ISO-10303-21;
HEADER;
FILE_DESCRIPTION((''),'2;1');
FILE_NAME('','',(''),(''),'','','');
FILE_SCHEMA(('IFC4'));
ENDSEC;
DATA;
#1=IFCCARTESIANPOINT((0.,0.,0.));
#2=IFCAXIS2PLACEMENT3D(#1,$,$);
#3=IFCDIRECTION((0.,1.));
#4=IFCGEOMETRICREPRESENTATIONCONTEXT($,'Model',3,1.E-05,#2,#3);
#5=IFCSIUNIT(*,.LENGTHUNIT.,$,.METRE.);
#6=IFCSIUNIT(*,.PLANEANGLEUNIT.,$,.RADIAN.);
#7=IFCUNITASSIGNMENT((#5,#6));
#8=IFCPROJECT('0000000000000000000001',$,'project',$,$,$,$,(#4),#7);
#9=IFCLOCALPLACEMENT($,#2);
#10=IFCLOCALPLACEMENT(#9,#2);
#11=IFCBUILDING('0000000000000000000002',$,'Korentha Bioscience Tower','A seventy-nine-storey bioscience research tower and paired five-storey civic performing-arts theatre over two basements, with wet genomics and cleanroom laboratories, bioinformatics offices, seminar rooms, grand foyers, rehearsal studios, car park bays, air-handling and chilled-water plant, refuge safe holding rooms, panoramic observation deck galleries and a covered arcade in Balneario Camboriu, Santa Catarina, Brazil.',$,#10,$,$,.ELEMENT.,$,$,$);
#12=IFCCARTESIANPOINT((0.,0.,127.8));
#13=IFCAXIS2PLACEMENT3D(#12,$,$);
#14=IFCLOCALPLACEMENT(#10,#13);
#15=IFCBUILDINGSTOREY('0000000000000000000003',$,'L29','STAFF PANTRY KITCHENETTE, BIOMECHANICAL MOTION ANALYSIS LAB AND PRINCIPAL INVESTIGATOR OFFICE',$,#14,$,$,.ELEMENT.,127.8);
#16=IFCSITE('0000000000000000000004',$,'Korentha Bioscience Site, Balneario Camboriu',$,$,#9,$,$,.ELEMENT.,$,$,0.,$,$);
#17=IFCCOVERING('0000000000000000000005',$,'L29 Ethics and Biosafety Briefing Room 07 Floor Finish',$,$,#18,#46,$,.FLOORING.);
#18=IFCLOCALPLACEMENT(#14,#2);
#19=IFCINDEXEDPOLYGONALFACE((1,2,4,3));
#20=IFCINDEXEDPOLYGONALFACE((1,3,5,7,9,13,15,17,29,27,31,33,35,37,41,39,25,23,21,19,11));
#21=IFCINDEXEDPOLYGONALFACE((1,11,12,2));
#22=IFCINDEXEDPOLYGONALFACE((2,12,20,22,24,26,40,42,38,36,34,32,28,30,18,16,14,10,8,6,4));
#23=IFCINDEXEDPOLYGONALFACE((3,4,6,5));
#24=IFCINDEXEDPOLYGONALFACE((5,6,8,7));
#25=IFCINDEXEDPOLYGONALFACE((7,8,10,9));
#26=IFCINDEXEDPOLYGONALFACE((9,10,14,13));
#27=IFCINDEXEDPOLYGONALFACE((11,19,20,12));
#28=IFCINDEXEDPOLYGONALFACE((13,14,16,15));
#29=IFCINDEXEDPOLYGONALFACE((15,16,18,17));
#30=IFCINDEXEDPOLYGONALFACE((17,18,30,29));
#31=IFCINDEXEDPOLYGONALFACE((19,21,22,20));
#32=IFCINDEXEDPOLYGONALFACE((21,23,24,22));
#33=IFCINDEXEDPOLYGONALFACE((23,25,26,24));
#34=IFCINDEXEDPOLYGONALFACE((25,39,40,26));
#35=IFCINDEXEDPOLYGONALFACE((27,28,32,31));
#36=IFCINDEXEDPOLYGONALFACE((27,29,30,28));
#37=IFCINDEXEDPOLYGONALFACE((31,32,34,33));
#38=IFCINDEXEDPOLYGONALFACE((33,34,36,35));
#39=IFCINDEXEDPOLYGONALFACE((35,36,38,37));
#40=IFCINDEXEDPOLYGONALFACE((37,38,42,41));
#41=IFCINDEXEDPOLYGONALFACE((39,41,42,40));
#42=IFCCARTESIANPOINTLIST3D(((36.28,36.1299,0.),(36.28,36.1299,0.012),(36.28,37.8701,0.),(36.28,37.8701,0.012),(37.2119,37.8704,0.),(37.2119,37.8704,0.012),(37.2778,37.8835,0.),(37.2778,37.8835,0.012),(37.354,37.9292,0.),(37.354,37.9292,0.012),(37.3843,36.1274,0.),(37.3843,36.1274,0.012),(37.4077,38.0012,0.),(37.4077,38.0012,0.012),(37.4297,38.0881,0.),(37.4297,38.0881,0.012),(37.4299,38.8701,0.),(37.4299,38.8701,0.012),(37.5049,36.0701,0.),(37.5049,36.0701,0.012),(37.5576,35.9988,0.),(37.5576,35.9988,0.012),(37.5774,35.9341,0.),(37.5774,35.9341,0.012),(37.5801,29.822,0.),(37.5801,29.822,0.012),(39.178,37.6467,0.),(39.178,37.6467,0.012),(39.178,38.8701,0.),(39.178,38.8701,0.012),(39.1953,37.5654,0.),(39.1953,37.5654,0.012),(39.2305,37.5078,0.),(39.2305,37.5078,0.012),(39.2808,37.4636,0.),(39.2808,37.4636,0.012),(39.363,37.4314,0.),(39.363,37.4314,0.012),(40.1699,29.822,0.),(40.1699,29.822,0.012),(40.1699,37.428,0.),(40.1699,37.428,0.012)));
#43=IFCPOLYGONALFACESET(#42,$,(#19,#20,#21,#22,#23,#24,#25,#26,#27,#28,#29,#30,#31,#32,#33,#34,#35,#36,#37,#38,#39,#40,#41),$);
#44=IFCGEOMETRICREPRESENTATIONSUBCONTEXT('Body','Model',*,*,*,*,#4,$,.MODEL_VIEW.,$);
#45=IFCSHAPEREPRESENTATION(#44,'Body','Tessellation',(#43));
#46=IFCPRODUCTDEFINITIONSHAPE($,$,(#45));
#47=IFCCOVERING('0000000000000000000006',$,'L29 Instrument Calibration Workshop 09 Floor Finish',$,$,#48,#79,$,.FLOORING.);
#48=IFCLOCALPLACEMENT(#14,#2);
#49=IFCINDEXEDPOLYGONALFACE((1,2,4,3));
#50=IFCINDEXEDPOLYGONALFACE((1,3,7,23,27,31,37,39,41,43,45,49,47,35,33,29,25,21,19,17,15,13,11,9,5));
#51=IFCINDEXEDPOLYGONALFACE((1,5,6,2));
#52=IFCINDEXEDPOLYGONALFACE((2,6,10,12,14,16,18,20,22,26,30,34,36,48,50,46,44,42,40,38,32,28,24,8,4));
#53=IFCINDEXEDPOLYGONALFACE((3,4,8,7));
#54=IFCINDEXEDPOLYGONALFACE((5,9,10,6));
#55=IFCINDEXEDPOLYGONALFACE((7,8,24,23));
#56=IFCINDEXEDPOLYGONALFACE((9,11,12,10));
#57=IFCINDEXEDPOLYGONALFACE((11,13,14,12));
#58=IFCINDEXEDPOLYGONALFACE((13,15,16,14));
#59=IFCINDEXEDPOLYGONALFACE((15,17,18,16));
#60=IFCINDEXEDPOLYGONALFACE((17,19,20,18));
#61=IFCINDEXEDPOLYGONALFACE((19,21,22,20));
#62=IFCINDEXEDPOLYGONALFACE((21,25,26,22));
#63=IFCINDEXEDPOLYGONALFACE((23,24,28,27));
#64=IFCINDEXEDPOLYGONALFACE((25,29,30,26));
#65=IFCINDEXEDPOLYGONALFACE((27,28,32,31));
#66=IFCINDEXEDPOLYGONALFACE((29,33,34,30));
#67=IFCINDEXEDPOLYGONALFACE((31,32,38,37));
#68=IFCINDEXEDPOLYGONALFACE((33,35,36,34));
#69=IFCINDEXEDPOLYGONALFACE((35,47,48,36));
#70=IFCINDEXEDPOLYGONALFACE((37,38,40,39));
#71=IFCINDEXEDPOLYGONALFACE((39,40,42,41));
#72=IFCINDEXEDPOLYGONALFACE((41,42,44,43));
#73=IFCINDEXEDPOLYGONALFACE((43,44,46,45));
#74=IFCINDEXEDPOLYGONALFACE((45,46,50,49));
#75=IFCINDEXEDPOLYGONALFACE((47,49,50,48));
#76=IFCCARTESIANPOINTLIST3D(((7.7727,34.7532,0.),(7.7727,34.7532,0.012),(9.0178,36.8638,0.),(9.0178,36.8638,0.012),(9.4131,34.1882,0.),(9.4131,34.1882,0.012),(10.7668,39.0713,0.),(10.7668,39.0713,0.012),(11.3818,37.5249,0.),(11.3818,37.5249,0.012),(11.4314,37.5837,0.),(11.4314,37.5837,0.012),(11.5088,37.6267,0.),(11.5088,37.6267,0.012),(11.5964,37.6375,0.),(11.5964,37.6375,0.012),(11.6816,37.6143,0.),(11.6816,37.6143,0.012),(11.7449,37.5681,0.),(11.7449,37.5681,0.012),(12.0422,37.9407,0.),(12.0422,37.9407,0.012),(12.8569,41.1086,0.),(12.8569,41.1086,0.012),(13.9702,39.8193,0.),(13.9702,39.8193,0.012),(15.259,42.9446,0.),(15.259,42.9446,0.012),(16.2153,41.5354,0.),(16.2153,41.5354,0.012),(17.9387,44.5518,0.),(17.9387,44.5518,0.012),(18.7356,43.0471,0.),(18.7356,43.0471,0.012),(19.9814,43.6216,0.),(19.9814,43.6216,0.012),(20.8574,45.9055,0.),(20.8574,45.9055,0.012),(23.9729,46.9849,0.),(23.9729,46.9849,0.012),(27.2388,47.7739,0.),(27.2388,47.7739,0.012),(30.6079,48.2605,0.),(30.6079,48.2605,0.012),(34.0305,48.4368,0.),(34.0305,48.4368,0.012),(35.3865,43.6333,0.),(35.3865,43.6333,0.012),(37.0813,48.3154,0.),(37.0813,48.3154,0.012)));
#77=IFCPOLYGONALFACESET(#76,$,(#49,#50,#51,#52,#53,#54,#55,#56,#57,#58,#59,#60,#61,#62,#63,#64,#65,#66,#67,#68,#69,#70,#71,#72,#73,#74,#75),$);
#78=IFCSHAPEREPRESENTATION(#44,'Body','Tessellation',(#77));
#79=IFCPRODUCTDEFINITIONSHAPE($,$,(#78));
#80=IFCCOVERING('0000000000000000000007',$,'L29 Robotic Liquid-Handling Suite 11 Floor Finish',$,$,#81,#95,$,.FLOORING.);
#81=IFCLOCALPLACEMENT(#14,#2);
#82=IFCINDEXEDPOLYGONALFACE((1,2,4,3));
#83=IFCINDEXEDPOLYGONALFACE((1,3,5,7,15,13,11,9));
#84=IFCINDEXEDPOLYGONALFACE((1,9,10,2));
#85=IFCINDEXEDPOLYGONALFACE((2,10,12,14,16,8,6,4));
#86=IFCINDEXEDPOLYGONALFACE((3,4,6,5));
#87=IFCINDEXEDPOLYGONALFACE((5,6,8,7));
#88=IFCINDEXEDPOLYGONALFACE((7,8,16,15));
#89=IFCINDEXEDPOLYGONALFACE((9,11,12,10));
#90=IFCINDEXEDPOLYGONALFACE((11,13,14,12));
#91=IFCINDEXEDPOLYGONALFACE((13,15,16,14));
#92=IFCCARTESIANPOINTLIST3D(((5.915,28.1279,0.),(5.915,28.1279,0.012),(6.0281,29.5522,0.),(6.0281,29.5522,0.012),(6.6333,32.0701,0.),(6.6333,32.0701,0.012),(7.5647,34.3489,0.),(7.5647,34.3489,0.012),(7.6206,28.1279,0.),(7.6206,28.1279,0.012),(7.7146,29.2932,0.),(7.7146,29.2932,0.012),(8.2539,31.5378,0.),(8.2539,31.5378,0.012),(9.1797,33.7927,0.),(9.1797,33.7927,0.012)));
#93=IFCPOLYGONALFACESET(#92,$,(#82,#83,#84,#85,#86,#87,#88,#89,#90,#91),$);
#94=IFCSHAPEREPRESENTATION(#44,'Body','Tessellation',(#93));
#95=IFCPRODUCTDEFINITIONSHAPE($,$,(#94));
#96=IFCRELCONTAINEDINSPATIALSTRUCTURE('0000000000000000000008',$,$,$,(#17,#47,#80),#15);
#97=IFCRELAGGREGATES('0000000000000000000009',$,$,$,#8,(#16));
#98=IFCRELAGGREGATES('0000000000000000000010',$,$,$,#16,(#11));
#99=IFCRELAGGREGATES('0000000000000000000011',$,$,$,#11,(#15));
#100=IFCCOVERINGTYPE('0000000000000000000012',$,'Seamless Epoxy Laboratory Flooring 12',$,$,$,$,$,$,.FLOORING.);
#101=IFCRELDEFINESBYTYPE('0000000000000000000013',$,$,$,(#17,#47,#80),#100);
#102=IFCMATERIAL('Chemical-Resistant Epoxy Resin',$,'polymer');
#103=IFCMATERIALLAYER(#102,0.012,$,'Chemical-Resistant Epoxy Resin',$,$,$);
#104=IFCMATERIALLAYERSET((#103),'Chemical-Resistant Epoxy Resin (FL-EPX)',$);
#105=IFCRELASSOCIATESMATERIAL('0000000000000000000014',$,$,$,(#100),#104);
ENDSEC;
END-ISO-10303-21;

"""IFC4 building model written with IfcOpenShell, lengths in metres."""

from ifc_helpers import new_model, si_unit, direction, frame, origin, place, context, subcontext, project, spatial, polyline, outline, extrude, material, layer, layer_set, type_object, element, save


model = new_model("IFC4")

# Units and contexts
model_context = context("Model", 3, precision=1e-05, world=origin(), true_north=direction((0.0, 1.0)))
body_context = subcontext(model_context, "Body", "Model", "MODEL_VIEW")
ifc_project = project(units=[si_unit("LENGTHUNIT", "METRE"), si_unit("PLANEANGLEUNIT", "RADIAN")], contexts=[model_context])

# Site, building, storey
site_placement = place(None, origin())
site = spatial("IfcSite", under=ifc_project, at=site_placement, Name="Korentha Bioscience Site, Balneario Camboriu", CompositionType="ELEMENT", RefElevation=0.0)
building_placement = place(site_placement, origin())
building = spatial("IfcBuilding", under=site, at=building_placement, Name="Korentha Bioscience Tower", Description="A seventy-nine-storey bioscience research tower and paired five-storey civic performing-arts theatre over two basements, with wet genomics and cleanroom laboratories, bioinformatics offices, seminar rooms, grand foyers, rehearsal studios, car park bays, air-handling and chilled-water plant, refuge safe holding rooms, panoramic observation deck galleries and a covered arcade in Balneario Camboriu, Santa Catarina, Brazil.", CompositionType="ELEMENT")
storey_placement = place(building_placement, frame((0.0, 0.0, 127.8)))
storey = spatial("IfcBuildingStorey", under=building, at=storey_placement, Name="L29", Description="STAFF PANTRY KITCHENETTE, BIOMECHANICAL MOTION ANALYSIS LAB AND PRINCIPAL INVESTIGATOR OFFICE", CompositionType="ELEMENT", Elevation=127.8)

# Coverings
ifc_material_1 = material(Name="Chemical-Resistant Epoxy Resin", Category="polymer")
ifc_layer_1 = layer(ifc_material_1, 0.012, Name="Chemical-Resistant Epoxy Resin")
ifc_layer_set_1 = layer_set([ifc_layer_1], Name="Chemical-Resistant Epoxy Resin (FL-EPX)")
covering_type_1 = type_object("IfcCoveringType", Name="Seamless Epoxy Laboratory Flooring 12", PredefinedType="FLOORING", material=ifc_layer_set_1)
covering_1_placement = place(storey_placement, origin())
element("IfcCovering", 1, at=covering_1_placement, inside=storey, type_object=covering_type_1, Name="L29 Ethics and Biosafety Briefing Room 07 Floor Finish", PredefinedType="FLOORING", context=body_context, shape_type="SweptSolid", body=[
    extrude(outline(polyline([(39.178, 37.6467), (39.1953, 37.5654), (39.2305, 37.5078), (39.2808, 37.4636), (39.363, 37.4314), (40.1699, 37.428), (40.1699, 29.822), (37.5801, 29.822), (37.5774, 35.9341), (37.5576, 35.9988), (37.5049, 36.0701), (37.3843, 36.1274), (36.28, 36.1299), (36.28, 37.8701), (37.2119, 37.8704), (37.2778, 37.8835), (37.354, 37.9292), (37.4077, 38.0012), (37.4297, 38.0881), (37.4299, 38.8701), (39.178, 38.8701), (39.178, 37.6467)])), origin(), (0.0, 0.0, 1.0), 0.012),
])
covering_2_placement = place(storey_placement, origin())
element("IfcCovering", 2, at=covering_2_placement, inside=storey, type_object=covering_type_1, Name="L29 Instrument Calibration Workshop 09 Floor Finish", PredefinedType="FLOORING", context=body_context, shape_type="SweptSolid", body=[
    extrude(outline(polyline([(9.0178, 36.8638), (10.7668, 39.0713), (12.8569, 41.1086), (15.259, 42.9446), (17.9387, 44.5518), (20.8574, 45.9055), (23.9729, 46.9849), (27.2388, 47.7739), (30.6079, 48.2605), (34.0305, 48.4368), (37.0813, 48.3154), (35.3865, 43.6333), (19.9814, 43.6216), (18.7356, 43.0471), (16.2153, 41.5354), (13.9702, 39.8193), (12.0422, 37.9407), (11.7449, 37.5681), (11.6816, 37.6143), (11.5964, 37.6375), (11.5088, 37.6267), (11.4314, 37.5837), (11.3818, 37.5249), (9.4131, 34.1882), (7.7727, 34.7532), (9.0178, 36.8638)])), origin(), (0.0, 0.0, 1.0), 0.012),
])
covering_3_placement = place(storey_placement, origin())
element("IfcCovering", 3, at=covering_3_placement, inside=storey, type_object=covering_type_1, Name="L29 Robotic Liquid-Handling Suite 11 Floor Finish", PredefinedType="FLOORING", context=body_context, shape_type="SweptSolid", body=[
    extrude(outline(polyline([(7.5647, 34.3489), (9.1797, 33.7927), (8.2539, 31.5378), (7.7146, 29.2932), (7.6206, 28.1279), (5.915, 28.1279), (6.0281, 29.5522), (6.6333, 32.0701), (7.5647, 34.3489)])), origin(), (0.0, 0.0, 1.0), 0.012),
])

save(model, "model.ifc")
